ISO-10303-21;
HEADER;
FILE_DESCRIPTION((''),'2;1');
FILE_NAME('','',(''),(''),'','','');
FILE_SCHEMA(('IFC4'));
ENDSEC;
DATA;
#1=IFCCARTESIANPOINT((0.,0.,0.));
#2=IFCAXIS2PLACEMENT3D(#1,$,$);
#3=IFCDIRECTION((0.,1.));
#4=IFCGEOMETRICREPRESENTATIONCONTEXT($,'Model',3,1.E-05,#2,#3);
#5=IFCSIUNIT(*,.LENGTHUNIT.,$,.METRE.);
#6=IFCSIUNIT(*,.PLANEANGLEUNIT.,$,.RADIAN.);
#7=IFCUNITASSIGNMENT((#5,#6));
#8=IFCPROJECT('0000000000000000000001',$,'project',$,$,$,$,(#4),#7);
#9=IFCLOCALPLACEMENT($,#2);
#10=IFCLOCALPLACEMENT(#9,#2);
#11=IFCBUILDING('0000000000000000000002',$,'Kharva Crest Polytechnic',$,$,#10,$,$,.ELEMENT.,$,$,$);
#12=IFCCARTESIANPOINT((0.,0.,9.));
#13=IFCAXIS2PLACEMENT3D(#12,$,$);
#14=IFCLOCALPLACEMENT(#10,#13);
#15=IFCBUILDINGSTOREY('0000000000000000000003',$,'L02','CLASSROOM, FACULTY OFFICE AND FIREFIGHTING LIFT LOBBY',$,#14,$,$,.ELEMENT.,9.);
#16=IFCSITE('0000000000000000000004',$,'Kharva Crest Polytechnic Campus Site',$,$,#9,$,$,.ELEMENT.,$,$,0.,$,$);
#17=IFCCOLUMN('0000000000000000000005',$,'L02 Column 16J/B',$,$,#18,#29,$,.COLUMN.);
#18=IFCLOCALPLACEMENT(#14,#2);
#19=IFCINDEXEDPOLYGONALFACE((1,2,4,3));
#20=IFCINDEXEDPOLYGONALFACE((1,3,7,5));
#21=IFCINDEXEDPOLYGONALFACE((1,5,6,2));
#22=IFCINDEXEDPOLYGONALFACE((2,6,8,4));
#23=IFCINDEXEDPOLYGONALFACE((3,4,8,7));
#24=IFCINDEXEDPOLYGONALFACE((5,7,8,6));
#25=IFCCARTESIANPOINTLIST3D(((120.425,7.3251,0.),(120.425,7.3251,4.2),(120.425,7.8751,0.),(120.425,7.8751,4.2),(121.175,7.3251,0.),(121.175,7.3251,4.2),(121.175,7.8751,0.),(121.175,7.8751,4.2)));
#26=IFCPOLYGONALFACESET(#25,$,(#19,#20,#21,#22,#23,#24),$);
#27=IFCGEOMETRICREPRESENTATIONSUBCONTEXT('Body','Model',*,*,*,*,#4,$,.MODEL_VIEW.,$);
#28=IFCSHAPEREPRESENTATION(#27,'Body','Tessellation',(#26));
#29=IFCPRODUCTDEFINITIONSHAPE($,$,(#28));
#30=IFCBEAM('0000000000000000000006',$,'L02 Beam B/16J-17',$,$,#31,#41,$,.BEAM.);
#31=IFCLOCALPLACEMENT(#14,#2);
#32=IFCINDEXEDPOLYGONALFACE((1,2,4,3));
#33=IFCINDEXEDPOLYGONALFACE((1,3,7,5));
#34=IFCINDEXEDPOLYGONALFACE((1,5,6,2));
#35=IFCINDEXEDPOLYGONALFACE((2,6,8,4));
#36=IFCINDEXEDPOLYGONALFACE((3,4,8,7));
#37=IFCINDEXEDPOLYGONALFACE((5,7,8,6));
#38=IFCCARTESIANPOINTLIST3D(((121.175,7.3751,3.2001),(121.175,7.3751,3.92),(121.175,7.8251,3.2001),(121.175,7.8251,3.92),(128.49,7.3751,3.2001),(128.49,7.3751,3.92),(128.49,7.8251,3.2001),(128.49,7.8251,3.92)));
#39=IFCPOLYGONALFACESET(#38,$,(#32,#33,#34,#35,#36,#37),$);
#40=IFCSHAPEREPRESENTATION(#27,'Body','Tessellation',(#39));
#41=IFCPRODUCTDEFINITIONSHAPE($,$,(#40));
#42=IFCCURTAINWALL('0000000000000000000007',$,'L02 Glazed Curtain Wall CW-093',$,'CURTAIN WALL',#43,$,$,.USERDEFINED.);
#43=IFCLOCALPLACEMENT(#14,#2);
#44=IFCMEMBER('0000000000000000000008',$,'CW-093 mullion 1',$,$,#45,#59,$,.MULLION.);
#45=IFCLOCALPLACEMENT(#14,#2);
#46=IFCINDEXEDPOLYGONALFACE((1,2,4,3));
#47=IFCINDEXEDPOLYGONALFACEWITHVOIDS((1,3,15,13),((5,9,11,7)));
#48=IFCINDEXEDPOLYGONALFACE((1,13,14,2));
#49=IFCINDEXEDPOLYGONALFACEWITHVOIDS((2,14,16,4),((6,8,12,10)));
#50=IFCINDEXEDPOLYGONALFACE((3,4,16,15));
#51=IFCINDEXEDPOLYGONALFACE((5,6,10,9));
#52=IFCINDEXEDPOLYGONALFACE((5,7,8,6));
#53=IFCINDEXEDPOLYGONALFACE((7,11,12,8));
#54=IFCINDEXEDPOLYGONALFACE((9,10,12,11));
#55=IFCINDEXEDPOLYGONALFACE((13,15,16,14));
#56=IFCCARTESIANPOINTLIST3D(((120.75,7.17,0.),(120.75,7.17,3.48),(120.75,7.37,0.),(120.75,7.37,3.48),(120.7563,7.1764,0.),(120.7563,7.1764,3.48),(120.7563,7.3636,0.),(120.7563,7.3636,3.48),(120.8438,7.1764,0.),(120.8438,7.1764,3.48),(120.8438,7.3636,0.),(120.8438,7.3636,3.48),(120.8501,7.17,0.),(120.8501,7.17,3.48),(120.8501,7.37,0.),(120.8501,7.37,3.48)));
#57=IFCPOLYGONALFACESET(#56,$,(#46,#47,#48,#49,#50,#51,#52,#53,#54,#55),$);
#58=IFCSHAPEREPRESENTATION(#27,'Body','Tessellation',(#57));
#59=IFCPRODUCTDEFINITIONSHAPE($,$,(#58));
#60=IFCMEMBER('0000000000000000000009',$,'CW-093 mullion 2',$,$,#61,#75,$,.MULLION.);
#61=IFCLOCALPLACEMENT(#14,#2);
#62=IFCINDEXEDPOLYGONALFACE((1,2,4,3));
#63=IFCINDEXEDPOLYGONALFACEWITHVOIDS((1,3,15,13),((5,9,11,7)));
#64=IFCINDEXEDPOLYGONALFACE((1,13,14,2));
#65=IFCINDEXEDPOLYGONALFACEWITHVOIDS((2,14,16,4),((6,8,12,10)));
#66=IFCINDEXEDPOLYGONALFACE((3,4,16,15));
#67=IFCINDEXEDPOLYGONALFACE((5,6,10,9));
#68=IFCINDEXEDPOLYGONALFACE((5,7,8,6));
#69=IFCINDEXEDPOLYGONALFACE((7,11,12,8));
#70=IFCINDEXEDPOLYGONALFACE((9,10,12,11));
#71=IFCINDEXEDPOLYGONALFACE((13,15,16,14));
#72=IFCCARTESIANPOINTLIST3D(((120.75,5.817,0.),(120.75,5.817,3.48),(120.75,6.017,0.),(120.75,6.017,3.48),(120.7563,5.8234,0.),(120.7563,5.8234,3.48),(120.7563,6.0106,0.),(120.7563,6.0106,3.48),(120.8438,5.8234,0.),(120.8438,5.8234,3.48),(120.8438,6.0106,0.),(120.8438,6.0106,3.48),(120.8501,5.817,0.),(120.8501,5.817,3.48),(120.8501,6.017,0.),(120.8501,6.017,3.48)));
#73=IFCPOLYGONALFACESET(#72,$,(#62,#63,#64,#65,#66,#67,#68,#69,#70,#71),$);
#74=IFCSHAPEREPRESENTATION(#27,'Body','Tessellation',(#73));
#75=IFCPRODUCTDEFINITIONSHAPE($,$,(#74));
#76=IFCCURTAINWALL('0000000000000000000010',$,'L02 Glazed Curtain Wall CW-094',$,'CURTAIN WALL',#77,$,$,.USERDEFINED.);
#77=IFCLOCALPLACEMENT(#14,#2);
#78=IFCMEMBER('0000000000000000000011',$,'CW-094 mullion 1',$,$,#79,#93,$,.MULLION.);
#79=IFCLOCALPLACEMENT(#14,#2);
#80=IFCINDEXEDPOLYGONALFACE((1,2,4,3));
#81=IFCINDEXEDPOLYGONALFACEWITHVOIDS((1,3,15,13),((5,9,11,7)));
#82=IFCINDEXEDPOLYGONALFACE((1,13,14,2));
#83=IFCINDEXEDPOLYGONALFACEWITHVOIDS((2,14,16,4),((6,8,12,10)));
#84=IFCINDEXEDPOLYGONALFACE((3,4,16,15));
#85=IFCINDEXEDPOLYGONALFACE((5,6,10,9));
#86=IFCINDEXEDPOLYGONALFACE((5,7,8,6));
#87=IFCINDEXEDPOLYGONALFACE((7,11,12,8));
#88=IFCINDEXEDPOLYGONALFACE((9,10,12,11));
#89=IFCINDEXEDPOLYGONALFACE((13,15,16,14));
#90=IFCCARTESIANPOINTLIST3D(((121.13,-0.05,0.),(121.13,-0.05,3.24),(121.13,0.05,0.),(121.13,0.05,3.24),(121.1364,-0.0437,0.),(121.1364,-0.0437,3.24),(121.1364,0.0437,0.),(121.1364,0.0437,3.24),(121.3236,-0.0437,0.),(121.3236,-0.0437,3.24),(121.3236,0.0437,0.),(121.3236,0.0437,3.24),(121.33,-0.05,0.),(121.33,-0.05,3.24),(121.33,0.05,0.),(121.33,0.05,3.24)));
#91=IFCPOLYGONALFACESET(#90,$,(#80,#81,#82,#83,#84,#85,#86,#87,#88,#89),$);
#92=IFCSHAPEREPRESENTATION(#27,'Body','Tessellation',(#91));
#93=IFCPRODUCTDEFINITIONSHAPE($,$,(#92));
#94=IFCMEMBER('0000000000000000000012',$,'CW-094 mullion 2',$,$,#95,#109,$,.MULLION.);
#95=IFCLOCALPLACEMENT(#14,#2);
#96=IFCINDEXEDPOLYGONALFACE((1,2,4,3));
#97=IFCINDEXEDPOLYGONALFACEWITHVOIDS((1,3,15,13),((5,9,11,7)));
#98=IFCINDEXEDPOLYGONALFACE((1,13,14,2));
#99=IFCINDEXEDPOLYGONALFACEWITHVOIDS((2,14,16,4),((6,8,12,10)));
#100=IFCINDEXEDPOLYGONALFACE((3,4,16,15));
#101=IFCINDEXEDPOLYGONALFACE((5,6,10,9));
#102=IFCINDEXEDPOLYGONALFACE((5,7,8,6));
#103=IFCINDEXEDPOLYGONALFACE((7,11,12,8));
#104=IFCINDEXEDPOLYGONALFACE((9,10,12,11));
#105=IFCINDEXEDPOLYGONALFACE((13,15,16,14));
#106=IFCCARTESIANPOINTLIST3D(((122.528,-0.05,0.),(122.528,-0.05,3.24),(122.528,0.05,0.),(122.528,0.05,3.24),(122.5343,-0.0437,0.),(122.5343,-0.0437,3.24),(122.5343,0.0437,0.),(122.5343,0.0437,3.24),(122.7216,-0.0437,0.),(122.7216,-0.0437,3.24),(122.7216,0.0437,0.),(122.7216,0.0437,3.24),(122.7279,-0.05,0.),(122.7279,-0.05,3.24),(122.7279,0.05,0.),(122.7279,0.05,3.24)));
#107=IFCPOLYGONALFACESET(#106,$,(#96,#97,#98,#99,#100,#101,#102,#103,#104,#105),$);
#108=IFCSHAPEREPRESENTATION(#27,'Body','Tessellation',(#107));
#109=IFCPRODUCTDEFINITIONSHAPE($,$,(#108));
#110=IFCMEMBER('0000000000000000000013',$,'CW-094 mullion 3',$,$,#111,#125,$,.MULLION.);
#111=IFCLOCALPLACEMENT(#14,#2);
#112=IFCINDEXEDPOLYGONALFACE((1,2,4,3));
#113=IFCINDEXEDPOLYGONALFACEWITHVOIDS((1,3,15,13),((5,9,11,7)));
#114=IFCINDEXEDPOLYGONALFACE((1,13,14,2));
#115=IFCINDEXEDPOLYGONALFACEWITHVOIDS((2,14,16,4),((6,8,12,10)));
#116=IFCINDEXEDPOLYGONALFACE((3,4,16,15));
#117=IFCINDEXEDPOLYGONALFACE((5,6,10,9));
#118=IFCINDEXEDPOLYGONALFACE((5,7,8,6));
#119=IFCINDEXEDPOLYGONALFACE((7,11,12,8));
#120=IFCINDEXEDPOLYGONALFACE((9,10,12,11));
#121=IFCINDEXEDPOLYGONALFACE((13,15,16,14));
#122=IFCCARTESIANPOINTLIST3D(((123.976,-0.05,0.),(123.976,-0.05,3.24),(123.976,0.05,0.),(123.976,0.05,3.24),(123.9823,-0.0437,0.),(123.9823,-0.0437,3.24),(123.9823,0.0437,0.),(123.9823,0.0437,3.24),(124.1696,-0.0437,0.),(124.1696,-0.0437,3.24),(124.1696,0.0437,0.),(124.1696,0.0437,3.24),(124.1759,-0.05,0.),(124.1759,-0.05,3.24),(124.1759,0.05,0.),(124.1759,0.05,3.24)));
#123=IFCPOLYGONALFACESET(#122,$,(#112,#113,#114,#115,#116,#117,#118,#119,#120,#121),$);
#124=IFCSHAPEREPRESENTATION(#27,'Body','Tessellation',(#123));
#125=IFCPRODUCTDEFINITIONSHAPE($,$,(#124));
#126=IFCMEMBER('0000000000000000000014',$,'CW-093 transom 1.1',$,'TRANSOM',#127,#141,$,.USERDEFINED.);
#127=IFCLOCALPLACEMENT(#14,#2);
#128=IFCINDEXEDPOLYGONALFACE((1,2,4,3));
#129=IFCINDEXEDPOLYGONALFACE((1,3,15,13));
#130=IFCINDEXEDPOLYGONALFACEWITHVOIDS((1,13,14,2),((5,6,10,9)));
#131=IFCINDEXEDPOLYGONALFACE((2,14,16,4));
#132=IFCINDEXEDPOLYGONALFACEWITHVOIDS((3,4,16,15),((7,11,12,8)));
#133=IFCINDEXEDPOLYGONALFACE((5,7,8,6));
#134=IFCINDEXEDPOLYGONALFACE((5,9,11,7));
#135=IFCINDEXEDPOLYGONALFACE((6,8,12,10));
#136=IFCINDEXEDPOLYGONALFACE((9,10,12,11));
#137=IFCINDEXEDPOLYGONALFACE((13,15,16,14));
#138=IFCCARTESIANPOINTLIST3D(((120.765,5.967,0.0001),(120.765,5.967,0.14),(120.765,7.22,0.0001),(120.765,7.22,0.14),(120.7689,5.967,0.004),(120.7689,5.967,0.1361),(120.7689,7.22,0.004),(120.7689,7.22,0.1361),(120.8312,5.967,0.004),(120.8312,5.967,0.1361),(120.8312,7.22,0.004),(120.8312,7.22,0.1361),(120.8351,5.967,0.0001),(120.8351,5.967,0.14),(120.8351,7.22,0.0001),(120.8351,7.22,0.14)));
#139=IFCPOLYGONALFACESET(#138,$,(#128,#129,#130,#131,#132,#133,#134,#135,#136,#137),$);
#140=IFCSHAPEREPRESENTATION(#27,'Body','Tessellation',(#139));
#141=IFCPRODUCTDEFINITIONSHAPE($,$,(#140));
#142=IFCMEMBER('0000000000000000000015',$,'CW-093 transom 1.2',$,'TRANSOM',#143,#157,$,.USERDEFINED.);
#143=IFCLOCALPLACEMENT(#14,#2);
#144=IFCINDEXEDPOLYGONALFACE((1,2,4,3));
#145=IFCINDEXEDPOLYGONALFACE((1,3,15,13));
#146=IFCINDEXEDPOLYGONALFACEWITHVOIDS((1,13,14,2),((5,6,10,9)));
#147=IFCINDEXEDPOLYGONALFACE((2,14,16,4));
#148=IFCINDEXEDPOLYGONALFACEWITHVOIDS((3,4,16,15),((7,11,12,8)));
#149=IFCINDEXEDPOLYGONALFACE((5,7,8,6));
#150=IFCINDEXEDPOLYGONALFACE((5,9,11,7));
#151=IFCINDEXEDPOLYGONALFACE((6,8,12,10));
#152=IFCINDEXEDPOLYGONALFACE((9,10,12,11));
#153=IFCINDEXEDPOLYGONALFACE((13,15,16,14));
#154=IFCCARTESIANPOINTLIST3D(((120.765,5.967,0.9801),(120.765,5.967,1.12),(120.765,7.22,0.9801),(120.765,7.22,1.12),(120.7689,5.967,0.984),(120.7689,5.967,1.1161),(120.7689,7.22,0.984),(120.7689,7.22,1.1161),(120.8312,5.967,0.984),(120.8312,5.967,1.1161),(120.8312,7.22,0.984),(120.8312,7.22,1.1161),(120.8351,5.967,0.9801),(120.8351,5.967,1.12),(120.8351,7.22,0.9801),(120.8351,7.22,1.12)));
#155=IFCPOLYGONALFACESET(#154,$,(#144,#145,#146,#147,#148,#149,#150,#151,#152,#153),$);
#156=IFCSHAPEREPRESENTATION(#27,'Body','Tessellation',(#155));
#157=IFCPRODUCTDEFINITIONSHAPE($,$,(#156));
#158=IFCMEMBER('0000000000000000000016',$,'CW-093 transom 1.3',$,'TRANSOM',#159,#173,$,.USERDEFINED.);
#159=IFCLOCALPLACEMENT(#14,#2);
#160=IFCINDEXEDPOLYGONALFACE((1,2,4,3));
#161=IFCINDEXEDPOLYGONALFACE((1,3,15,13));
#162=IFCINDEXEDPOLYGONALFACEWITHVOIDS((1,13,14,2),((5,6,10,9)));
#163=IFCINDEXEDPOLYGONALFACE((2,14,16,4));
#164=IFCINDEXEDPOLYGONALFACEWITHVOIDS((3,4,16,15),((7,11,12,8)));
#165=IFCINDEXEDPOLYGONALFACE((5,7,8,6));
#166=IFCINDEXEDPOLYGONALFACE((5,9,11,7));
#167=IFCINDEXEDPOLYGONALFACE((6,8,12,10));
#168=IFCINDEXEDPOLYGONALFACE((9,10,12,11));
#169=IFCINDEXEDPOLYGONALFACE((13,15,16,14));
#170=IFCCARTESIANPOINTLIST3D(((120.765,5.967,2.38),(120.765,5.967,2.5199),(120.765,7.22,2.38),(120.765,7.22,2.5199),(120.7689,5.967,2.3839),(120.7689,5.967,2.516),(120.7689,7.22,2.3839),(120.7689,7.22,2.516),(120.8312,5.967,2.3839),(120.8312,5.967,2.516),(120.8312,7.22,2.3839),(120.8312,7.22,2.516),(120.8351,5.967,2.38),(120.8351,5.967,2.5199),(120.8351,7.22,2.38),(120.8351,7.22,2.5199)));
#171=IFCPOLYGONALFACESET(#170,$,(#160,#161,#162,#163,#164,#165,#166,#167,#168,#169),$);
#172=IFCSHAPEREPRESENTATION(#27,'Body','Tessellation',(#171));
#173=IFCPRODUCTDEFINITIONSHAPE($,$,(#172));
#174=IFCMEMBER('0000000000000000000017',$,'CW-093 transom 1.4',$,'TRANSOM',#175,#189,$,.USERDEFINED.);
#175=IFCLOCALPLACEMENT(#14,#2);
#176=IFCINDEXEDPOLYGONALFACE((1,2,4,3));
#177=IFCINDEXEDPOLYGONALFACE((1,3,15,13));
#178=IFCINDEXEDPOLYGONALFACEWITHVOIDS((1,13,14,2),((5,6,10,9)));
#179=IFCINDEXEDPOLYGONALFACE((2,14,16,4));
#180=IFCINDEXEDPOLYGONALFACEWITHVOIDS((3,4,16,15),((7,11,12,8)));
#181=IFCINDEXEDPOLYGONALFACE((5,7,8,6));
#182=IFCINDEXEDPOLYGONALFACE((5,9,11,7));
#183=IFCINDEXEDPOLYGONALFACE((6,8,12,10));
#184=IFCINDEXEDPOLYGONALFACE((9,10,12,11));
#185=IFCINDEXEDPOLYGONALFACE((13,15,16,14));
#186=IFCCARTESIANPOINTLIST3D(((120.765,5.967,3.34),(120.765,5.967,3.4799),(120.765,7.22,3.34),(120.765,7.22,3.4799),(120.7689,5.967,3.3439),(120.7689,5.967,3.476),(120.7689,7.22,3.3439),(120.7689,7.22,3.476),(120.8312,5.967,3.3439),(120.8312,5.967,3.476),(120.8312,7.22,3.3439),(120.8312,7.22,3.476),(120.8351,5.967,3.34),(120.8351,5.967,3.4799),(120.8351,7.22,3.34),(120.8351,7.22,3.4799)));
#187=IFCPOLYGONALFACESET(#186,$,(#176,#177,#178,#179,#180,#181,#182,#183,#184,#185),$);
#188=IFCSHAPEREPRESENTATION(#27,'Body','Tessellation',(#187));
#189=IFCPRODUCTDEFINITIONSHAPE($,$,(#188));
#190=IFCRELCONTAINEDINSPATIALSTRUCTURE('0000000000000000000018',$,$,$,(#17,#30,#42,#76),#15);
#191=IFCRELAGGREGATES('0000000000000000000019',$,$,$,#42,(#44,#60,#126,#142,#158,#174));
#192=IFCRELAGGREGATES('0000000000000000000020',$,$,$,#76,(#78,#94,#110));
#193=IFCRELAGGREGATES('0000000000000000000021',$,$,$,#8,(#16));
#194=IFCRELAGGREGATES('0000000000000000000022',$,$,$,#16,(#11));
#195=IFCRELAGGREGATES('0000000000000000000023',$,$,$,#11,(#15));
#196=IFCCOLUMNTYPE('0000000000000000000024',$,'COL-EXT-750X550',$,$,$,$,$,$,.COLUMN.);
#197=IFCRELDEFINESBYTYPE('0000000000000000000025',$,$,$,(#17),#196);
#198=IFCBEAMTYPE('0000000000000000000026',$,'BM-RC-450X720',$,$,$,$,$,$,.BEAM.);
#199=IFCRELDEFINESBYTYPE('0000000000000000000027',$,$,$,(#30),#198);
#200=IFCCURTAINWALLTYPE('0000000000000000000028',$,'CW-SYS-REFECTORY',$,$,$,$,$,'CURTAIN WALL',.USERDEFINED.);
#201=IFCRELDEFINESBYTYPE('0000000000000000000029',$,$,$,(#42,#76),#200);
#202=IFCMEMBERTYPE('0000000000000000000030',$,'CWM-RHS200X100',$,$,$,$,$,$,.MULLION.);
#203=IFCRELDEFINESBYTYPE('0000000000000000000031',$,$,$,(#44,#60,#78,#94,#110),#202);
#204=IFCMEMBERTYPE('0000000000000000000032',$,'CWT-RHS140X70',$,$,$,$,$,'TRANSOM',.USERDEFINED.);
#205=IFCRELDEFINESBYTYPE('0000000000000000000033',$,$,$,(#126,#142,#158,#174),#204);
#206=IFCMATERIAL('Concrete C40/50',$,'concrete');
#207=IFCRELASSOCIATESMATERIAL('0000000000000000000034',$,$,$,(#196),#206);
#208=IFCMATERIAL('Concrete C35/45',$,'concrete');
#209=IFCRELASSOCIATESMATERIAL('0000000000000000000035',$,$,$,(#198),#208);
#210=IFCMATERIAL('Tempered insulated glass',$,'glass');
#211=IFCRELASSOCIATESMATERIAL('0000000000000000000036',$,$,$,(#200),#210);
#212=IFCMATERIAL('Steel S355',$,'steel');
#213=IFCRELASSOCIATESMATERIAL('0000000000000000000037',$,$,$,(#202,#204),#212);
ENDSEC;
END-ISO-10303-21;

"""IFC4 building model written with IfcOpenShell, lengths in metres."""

from ifc_helpers import new_model, si_unit, direction, frame, origin, origin_2d, place, context, subcontext, project, spatial, rectangle, hollow_rectangle, extrude, material, material_profile, profile_set, type_object, element, aggregate, save


model = new_model("IFC4")

# Units and contexts
model_context = context("Model", 3, precision=1e-05, world=origin(), true_north=direction((0.0, 1.0)))
body_context = subcontext(model_context, "Body", "Model", "MODEL_VIEW")
ifc_project = project(units=[si_unit("LENGTHUNIT", "METRE"), si_unit("PLANEANGLEUNIT", "RADIAN")], contexts=[model_context])

# Site, building, storey
site_placement = place(None, origin())
site = spatial("IfcSite", under=ifc_project, at=site_placement, Name="Kharva Crest Polytechnic Campus Site", CompositionType="ELEMENT", RefElevation=0.0)
building_placement = place(site_placement, origin())
building = spatial("IfcBuilding", under=site, at=building_placement, Name="Kharva Crest Polytechnic", CompositionType="ELEMENT")
storey_placement = place(building_placement, frame((0.0, 0.0, 9.0)))
storey = spatial("IfcBuildingStorey", under=building, at=storey_placement, Name="L02", Description="CLASSROOM, FACULTY OFFICE AND FIREFIGHTING LIFT LOBBY", CompositionType="ELEMENT", Elevation=9.0)

# Column
ifc_material_1 = material(Name="Concrete C40/50", Category="concrete")
ifc_material_profile_1 = material_profile(ifc_material_1, rectangle(XDim=0.75, YDim=0.55, at=origin_2d()), Name="RECT 750 X 550")
ifc_profile_set_1 = profile_set([ifc_material_profile_1], Name="Concrete C40/50")
column_type = type_object("IfcColumnType", Name="COL-EXT-750X550", PredefinedType="COLUMN", material=ifc_profile_set_1)
column_placement = place(storey_placement, frame((120.8, 7.6001, 0.0), z_axis=(0.0, 0.0, 1.0), x_axis=(1.0, 0.0, 0.0)))
element("IfcColumn", 1, at=column_placement, inside=storey, type_object=column_type, Name="L02 Column 16J/B", PredefinedType="COLUMN", context=body_context, shape_type="SweptSolid", body=[
    extrude(rectangle(XDim=0.75, YDim=0.55, at=origin_2d()), origin(), (0.0, 0.0, 1.0), 4.2),
])

# Beam
ifc_material_2 = material(Name="Concrete C35/45", Category="concrete")
ifc_material_profile_2 = material_profile(ifc_material_2, rectangle(XDim=0.45, YDim=0.72, at=origin_2d()), Name="RECT 450 X 720")
ifc_profile_set_2 = profile_set([ifc_material_profile_2], Name="Concrete C35/45")
beam_type_1 = type_object("IfcBeamType", Name="BM-RC-450X720", PredefinedType="BEAM", material=ifc_profile_set_2)
beam_1_placement = place(storey_placement, frame((121.175, 7.6001, 3.5601), z_axis=(1.0, 0.0, 0.0), x_axis=(0.0, 1.0, 0.0)))
element("IfcBeam", 2, at=beam_1_placement, inside=storey, type_object=beam_type_1, Name="L02 Beam B/16J-17", PredefinedType="BEAM", context=body_context, shape_type="SweptSolid", body=[
    extrude(rectangle(XDim=0.45, YDim=0.72, at=origin_2d()), origin(), (0.0, 0.0, 1.0), 7.3149),
])

# Curtain walls, members
ifc_material_3 = material(Name="Tempered insulated glass", Category="glass")
curtain_wall_type = type_object("IfcCurtainWallType", Name="CW-SYS-REFECTORY", ElementType="CURTAIN WALL", PredefinedType="USERDEFINED", material=ifc_material_3)
curtain_wall_1_placement = place(storey_placement, origin())
curtain_wall_1 = element("IfcCurtainWall", 3, at=curtain_wall_1_placement, inside=storey, type_object=curtain_wall_type, Name="L02 Glazed Curtain Wall CW-093", ObjectType="CURTAIN WALL", PredefinedType="USERDEFINED")
ifc_material_4 = material(Name="Steel S355", Category="steel")
ifc_material_profile_3 = material_profile(ifc_material_4, hollow_rectangle(XDim=0.1001, YDim=0.2, WallThickness=0.0063, at=origin_2d()), Name="RHS 200X100X6.3")
ifc_profile_set_3 = profile_set([ifc_material_profile_3], Name="Steel S355")
member_type_1 = type_object("IfcMemberType", Name="CWM-RHS200X100", PredefinedType="MULLION", material=ifc_profile_set_3)
member_1_placement = place(storey_placement, frame((120.8, 7.27, 0.0), z_axis=(0.0, 0.0, 1.0), x_axis=(1.0, 0.0, 0.0)))
member_1 = element("IfcMember", 4, at=member_1_placement, type_object=member_type_1, Name="CW-093 mullion 1", PredefinedType="MULLION", context=body_context, shape_type="SweptSolid", body=[
    extrude(hollow_rectangle(XDim=0.1001, YDim=0.2, WallThickness=0.0063, at=origin_2d()), origin(), (0.0, 0.0, 1.0), 3.48),
])
member_2_placement = place(storey_placement, frame((120.8, 5.917, 0.0), z_axis=(0.0, 0.0, 1.0), x_axis=(1.0, 0.0, 0.0)))
member_2 = element("IfcMember", 5, at=member_2_placement, type_object=member_type_1, Name="CW-093 mullion 2", PredefinedType="MULLION", context=body_context, shape_type="SweptSolid", body=[
    extrude(hollow_rectangle(XDim=0.1001, YDim=0.2, WallThickness=0.0063, at=origin_2d()), origin(), (0.0, 0.0, 1.0), 3.48),
])
curtain_wall_2_placement = place(storey_placement, origin())
curtain_wall_2 = element("IfcCurtainWall", 6, at=curtain_wall_2_placement, inside=storey, type_object=curtain_wall_type, Name="L02 Glazed Curtain Wall CW-094", ObjectType="CURTAIN WALL", PredefinedType="USERDEFINED")
member_3_placement = place(storey_placement, frame((121.23, 0.0, 0.0), z_axis=(0.0, 0.0, 1.0), x_axis=(0.0, 1.0, 0.0)))
member_3 = element("IfcMember", 7, at=member_3_placement, type_object=member_type_1, Name="CW-094 mullion 1", PredefinedType="MULLION", context=body_context, shape_type="SweptSolid", body=[
    extrude(hollow_rectangle(XDim=0.1001, YDim=0.2, WallThickness=0.0063, at=origin_2d()), origin(), (0.0, 0.0, 1.0), 3.24),
])
member_4_placement = place(storey_placement, frame((122.6279, 0.0, 0.0), z_axis=(0.0, 0.0, 1.0), x_axis=(0.0, 1.0, 0.0)))
member_4 = element("IfcMember", 8, at=member_4_placement, type_object=member_type_1, Name="CW-094 mullion 2", PredefinedType="MULLION", context=body_context, shape_type="SweptSolid", body=[
    extrude(hollow_rectangle(XDim=0.1001, YDim=0.2, WallThickness=0.0063, at=origin_2d()), origin(), (0.0, 0.0, 1.0), 3.24),
])
member_5_placement = place(storey_placement, frame((124.0759, 0.0, 0.0), z_axis=(0.0, 0.0, 1.0), x_axis=(0.0, 1.0, 0.0)))
member_5 = element("IfcMember", 9, at=member_5_placement, type_object=member_type_1, Name="CW-094 mullion 3", PredefinedType="MULLION", context=body_context, shape_type="SweptSolid", body=[
    extrude(hollow_rectangle(XDim=0.1001, YDim=0.2, WallThickness=0.0063, at=origin_2d()), origin(), (0.0, 0.0, 1.0), 3.24),
])

# Members
ifc_material_profile_4 = material_profile(ifc_material_4, hollow_rectangle(XDim=0.0701, YDim=0.1399, WallThickness=0.0039, at=origin_2d()), Name="RHS 140X70X4.0")
ifc_profile_set_4 = profile_set([ifc_material_profile_4], Name="Steel S355")
member_type_2 = type_object("IfcMemberType", Name="CWT-RHS140X70", ElementType="TRANSOM", PredefinedType="USERDEFINED", material=ifc_profile_set_4)
member_6_placement = place(storey_placement, frame((120.8, 7.22, 0.0701), z_axis=(0.0, -1.0, 0.0), x_axis=(1.0, 0.0, 0.0)))
member_6 = element("IfcMember", 10, at=member_6_placement, type_object=member_type_2, Name="CW-093 transom 1.1", ObjectType="TRANSOM", PredefinedType="USERDEFINED", context=body_context, shape_type="SweptSolid", body=[
    extrude(hollow_rectangle(XDim=0.0701, YDim=0.1399, WallThickness=0.0039, at=origin_2d()), origin(), (0.0, 0.0, 1.0), 1.2529),
])
member_7_placement = place(storey_placement, frame((120.8, 7.22, 1.05), z_axis=(0.0, -1.0, 0.0), x_axis=(1.0, 0.0, 0.0)))
member_7 = element("IfcMember", 11, at=member_7_placement, type_object=member_type_2, Name="CW-093 transom 1.2", ObjectType="TRANSOM", PredefinedType="USERDEFINED", context=body_context, shape_type="SweptSolid", body=[
    extrude(hollow_rectangle(XDim=0.0701, YDim=0.1399, WallThickness=0.0039, at=origin_2d()), origin(), (0.0, 0.0, 1.0), 1.2529),
])
member_8_placement = place(storey_placement, frame((120.8, 7.22, 2.45), z_axis=(0.0, -1.0, 0.0), x_axis=(1.0, 0.0, 0.0)))
member_8 = element("IfcMember", 12, at=member_8_placement, type_object=member_type_2, Name="CW-093 transom 1.3", ObjectType="TRANSOM", PredefinedType="USERDEFINED", context=body_context, shape_type="SweptSolid", body=[
    extrude(hollow_rectangle(XDim=0.0701, YDim=0.1399, WallThickness=0.0039, at=origin_2d()), origin(), (0.0, 0.0, 1.0), 1.2529),
])
member_9_placement = place(storey_placement, frame((120.8, 7.22, 3.4099), z_axis=(0.0, -1.0, 0.0), x_axis=(1.0, 0.0, 0.0)))
member_9 = element("IfcMember", 13, at=member_9_placement, type_object=member_type_2, Name="CW-093 transom 1.4", ObjectType="TRANSOM", PredefinedType="USERDEFINED", context=body_context, shape_type="SweptSolid", body=[
    extrude(hollow_rectangle(XDim=0.0701, YDim=0.1399, WallThickness=0.0039, at=origin_2d()), origin(), (0.0, 0.0, 1.0), 1.2529),
])

aggregate(curtain_wall_1, [member_1, member_2, member_6, member_7, member_8, member_9])
aggregate(curtain_wall_2, [member_3, member_4, member_5])

save(model, "model.ifc")
